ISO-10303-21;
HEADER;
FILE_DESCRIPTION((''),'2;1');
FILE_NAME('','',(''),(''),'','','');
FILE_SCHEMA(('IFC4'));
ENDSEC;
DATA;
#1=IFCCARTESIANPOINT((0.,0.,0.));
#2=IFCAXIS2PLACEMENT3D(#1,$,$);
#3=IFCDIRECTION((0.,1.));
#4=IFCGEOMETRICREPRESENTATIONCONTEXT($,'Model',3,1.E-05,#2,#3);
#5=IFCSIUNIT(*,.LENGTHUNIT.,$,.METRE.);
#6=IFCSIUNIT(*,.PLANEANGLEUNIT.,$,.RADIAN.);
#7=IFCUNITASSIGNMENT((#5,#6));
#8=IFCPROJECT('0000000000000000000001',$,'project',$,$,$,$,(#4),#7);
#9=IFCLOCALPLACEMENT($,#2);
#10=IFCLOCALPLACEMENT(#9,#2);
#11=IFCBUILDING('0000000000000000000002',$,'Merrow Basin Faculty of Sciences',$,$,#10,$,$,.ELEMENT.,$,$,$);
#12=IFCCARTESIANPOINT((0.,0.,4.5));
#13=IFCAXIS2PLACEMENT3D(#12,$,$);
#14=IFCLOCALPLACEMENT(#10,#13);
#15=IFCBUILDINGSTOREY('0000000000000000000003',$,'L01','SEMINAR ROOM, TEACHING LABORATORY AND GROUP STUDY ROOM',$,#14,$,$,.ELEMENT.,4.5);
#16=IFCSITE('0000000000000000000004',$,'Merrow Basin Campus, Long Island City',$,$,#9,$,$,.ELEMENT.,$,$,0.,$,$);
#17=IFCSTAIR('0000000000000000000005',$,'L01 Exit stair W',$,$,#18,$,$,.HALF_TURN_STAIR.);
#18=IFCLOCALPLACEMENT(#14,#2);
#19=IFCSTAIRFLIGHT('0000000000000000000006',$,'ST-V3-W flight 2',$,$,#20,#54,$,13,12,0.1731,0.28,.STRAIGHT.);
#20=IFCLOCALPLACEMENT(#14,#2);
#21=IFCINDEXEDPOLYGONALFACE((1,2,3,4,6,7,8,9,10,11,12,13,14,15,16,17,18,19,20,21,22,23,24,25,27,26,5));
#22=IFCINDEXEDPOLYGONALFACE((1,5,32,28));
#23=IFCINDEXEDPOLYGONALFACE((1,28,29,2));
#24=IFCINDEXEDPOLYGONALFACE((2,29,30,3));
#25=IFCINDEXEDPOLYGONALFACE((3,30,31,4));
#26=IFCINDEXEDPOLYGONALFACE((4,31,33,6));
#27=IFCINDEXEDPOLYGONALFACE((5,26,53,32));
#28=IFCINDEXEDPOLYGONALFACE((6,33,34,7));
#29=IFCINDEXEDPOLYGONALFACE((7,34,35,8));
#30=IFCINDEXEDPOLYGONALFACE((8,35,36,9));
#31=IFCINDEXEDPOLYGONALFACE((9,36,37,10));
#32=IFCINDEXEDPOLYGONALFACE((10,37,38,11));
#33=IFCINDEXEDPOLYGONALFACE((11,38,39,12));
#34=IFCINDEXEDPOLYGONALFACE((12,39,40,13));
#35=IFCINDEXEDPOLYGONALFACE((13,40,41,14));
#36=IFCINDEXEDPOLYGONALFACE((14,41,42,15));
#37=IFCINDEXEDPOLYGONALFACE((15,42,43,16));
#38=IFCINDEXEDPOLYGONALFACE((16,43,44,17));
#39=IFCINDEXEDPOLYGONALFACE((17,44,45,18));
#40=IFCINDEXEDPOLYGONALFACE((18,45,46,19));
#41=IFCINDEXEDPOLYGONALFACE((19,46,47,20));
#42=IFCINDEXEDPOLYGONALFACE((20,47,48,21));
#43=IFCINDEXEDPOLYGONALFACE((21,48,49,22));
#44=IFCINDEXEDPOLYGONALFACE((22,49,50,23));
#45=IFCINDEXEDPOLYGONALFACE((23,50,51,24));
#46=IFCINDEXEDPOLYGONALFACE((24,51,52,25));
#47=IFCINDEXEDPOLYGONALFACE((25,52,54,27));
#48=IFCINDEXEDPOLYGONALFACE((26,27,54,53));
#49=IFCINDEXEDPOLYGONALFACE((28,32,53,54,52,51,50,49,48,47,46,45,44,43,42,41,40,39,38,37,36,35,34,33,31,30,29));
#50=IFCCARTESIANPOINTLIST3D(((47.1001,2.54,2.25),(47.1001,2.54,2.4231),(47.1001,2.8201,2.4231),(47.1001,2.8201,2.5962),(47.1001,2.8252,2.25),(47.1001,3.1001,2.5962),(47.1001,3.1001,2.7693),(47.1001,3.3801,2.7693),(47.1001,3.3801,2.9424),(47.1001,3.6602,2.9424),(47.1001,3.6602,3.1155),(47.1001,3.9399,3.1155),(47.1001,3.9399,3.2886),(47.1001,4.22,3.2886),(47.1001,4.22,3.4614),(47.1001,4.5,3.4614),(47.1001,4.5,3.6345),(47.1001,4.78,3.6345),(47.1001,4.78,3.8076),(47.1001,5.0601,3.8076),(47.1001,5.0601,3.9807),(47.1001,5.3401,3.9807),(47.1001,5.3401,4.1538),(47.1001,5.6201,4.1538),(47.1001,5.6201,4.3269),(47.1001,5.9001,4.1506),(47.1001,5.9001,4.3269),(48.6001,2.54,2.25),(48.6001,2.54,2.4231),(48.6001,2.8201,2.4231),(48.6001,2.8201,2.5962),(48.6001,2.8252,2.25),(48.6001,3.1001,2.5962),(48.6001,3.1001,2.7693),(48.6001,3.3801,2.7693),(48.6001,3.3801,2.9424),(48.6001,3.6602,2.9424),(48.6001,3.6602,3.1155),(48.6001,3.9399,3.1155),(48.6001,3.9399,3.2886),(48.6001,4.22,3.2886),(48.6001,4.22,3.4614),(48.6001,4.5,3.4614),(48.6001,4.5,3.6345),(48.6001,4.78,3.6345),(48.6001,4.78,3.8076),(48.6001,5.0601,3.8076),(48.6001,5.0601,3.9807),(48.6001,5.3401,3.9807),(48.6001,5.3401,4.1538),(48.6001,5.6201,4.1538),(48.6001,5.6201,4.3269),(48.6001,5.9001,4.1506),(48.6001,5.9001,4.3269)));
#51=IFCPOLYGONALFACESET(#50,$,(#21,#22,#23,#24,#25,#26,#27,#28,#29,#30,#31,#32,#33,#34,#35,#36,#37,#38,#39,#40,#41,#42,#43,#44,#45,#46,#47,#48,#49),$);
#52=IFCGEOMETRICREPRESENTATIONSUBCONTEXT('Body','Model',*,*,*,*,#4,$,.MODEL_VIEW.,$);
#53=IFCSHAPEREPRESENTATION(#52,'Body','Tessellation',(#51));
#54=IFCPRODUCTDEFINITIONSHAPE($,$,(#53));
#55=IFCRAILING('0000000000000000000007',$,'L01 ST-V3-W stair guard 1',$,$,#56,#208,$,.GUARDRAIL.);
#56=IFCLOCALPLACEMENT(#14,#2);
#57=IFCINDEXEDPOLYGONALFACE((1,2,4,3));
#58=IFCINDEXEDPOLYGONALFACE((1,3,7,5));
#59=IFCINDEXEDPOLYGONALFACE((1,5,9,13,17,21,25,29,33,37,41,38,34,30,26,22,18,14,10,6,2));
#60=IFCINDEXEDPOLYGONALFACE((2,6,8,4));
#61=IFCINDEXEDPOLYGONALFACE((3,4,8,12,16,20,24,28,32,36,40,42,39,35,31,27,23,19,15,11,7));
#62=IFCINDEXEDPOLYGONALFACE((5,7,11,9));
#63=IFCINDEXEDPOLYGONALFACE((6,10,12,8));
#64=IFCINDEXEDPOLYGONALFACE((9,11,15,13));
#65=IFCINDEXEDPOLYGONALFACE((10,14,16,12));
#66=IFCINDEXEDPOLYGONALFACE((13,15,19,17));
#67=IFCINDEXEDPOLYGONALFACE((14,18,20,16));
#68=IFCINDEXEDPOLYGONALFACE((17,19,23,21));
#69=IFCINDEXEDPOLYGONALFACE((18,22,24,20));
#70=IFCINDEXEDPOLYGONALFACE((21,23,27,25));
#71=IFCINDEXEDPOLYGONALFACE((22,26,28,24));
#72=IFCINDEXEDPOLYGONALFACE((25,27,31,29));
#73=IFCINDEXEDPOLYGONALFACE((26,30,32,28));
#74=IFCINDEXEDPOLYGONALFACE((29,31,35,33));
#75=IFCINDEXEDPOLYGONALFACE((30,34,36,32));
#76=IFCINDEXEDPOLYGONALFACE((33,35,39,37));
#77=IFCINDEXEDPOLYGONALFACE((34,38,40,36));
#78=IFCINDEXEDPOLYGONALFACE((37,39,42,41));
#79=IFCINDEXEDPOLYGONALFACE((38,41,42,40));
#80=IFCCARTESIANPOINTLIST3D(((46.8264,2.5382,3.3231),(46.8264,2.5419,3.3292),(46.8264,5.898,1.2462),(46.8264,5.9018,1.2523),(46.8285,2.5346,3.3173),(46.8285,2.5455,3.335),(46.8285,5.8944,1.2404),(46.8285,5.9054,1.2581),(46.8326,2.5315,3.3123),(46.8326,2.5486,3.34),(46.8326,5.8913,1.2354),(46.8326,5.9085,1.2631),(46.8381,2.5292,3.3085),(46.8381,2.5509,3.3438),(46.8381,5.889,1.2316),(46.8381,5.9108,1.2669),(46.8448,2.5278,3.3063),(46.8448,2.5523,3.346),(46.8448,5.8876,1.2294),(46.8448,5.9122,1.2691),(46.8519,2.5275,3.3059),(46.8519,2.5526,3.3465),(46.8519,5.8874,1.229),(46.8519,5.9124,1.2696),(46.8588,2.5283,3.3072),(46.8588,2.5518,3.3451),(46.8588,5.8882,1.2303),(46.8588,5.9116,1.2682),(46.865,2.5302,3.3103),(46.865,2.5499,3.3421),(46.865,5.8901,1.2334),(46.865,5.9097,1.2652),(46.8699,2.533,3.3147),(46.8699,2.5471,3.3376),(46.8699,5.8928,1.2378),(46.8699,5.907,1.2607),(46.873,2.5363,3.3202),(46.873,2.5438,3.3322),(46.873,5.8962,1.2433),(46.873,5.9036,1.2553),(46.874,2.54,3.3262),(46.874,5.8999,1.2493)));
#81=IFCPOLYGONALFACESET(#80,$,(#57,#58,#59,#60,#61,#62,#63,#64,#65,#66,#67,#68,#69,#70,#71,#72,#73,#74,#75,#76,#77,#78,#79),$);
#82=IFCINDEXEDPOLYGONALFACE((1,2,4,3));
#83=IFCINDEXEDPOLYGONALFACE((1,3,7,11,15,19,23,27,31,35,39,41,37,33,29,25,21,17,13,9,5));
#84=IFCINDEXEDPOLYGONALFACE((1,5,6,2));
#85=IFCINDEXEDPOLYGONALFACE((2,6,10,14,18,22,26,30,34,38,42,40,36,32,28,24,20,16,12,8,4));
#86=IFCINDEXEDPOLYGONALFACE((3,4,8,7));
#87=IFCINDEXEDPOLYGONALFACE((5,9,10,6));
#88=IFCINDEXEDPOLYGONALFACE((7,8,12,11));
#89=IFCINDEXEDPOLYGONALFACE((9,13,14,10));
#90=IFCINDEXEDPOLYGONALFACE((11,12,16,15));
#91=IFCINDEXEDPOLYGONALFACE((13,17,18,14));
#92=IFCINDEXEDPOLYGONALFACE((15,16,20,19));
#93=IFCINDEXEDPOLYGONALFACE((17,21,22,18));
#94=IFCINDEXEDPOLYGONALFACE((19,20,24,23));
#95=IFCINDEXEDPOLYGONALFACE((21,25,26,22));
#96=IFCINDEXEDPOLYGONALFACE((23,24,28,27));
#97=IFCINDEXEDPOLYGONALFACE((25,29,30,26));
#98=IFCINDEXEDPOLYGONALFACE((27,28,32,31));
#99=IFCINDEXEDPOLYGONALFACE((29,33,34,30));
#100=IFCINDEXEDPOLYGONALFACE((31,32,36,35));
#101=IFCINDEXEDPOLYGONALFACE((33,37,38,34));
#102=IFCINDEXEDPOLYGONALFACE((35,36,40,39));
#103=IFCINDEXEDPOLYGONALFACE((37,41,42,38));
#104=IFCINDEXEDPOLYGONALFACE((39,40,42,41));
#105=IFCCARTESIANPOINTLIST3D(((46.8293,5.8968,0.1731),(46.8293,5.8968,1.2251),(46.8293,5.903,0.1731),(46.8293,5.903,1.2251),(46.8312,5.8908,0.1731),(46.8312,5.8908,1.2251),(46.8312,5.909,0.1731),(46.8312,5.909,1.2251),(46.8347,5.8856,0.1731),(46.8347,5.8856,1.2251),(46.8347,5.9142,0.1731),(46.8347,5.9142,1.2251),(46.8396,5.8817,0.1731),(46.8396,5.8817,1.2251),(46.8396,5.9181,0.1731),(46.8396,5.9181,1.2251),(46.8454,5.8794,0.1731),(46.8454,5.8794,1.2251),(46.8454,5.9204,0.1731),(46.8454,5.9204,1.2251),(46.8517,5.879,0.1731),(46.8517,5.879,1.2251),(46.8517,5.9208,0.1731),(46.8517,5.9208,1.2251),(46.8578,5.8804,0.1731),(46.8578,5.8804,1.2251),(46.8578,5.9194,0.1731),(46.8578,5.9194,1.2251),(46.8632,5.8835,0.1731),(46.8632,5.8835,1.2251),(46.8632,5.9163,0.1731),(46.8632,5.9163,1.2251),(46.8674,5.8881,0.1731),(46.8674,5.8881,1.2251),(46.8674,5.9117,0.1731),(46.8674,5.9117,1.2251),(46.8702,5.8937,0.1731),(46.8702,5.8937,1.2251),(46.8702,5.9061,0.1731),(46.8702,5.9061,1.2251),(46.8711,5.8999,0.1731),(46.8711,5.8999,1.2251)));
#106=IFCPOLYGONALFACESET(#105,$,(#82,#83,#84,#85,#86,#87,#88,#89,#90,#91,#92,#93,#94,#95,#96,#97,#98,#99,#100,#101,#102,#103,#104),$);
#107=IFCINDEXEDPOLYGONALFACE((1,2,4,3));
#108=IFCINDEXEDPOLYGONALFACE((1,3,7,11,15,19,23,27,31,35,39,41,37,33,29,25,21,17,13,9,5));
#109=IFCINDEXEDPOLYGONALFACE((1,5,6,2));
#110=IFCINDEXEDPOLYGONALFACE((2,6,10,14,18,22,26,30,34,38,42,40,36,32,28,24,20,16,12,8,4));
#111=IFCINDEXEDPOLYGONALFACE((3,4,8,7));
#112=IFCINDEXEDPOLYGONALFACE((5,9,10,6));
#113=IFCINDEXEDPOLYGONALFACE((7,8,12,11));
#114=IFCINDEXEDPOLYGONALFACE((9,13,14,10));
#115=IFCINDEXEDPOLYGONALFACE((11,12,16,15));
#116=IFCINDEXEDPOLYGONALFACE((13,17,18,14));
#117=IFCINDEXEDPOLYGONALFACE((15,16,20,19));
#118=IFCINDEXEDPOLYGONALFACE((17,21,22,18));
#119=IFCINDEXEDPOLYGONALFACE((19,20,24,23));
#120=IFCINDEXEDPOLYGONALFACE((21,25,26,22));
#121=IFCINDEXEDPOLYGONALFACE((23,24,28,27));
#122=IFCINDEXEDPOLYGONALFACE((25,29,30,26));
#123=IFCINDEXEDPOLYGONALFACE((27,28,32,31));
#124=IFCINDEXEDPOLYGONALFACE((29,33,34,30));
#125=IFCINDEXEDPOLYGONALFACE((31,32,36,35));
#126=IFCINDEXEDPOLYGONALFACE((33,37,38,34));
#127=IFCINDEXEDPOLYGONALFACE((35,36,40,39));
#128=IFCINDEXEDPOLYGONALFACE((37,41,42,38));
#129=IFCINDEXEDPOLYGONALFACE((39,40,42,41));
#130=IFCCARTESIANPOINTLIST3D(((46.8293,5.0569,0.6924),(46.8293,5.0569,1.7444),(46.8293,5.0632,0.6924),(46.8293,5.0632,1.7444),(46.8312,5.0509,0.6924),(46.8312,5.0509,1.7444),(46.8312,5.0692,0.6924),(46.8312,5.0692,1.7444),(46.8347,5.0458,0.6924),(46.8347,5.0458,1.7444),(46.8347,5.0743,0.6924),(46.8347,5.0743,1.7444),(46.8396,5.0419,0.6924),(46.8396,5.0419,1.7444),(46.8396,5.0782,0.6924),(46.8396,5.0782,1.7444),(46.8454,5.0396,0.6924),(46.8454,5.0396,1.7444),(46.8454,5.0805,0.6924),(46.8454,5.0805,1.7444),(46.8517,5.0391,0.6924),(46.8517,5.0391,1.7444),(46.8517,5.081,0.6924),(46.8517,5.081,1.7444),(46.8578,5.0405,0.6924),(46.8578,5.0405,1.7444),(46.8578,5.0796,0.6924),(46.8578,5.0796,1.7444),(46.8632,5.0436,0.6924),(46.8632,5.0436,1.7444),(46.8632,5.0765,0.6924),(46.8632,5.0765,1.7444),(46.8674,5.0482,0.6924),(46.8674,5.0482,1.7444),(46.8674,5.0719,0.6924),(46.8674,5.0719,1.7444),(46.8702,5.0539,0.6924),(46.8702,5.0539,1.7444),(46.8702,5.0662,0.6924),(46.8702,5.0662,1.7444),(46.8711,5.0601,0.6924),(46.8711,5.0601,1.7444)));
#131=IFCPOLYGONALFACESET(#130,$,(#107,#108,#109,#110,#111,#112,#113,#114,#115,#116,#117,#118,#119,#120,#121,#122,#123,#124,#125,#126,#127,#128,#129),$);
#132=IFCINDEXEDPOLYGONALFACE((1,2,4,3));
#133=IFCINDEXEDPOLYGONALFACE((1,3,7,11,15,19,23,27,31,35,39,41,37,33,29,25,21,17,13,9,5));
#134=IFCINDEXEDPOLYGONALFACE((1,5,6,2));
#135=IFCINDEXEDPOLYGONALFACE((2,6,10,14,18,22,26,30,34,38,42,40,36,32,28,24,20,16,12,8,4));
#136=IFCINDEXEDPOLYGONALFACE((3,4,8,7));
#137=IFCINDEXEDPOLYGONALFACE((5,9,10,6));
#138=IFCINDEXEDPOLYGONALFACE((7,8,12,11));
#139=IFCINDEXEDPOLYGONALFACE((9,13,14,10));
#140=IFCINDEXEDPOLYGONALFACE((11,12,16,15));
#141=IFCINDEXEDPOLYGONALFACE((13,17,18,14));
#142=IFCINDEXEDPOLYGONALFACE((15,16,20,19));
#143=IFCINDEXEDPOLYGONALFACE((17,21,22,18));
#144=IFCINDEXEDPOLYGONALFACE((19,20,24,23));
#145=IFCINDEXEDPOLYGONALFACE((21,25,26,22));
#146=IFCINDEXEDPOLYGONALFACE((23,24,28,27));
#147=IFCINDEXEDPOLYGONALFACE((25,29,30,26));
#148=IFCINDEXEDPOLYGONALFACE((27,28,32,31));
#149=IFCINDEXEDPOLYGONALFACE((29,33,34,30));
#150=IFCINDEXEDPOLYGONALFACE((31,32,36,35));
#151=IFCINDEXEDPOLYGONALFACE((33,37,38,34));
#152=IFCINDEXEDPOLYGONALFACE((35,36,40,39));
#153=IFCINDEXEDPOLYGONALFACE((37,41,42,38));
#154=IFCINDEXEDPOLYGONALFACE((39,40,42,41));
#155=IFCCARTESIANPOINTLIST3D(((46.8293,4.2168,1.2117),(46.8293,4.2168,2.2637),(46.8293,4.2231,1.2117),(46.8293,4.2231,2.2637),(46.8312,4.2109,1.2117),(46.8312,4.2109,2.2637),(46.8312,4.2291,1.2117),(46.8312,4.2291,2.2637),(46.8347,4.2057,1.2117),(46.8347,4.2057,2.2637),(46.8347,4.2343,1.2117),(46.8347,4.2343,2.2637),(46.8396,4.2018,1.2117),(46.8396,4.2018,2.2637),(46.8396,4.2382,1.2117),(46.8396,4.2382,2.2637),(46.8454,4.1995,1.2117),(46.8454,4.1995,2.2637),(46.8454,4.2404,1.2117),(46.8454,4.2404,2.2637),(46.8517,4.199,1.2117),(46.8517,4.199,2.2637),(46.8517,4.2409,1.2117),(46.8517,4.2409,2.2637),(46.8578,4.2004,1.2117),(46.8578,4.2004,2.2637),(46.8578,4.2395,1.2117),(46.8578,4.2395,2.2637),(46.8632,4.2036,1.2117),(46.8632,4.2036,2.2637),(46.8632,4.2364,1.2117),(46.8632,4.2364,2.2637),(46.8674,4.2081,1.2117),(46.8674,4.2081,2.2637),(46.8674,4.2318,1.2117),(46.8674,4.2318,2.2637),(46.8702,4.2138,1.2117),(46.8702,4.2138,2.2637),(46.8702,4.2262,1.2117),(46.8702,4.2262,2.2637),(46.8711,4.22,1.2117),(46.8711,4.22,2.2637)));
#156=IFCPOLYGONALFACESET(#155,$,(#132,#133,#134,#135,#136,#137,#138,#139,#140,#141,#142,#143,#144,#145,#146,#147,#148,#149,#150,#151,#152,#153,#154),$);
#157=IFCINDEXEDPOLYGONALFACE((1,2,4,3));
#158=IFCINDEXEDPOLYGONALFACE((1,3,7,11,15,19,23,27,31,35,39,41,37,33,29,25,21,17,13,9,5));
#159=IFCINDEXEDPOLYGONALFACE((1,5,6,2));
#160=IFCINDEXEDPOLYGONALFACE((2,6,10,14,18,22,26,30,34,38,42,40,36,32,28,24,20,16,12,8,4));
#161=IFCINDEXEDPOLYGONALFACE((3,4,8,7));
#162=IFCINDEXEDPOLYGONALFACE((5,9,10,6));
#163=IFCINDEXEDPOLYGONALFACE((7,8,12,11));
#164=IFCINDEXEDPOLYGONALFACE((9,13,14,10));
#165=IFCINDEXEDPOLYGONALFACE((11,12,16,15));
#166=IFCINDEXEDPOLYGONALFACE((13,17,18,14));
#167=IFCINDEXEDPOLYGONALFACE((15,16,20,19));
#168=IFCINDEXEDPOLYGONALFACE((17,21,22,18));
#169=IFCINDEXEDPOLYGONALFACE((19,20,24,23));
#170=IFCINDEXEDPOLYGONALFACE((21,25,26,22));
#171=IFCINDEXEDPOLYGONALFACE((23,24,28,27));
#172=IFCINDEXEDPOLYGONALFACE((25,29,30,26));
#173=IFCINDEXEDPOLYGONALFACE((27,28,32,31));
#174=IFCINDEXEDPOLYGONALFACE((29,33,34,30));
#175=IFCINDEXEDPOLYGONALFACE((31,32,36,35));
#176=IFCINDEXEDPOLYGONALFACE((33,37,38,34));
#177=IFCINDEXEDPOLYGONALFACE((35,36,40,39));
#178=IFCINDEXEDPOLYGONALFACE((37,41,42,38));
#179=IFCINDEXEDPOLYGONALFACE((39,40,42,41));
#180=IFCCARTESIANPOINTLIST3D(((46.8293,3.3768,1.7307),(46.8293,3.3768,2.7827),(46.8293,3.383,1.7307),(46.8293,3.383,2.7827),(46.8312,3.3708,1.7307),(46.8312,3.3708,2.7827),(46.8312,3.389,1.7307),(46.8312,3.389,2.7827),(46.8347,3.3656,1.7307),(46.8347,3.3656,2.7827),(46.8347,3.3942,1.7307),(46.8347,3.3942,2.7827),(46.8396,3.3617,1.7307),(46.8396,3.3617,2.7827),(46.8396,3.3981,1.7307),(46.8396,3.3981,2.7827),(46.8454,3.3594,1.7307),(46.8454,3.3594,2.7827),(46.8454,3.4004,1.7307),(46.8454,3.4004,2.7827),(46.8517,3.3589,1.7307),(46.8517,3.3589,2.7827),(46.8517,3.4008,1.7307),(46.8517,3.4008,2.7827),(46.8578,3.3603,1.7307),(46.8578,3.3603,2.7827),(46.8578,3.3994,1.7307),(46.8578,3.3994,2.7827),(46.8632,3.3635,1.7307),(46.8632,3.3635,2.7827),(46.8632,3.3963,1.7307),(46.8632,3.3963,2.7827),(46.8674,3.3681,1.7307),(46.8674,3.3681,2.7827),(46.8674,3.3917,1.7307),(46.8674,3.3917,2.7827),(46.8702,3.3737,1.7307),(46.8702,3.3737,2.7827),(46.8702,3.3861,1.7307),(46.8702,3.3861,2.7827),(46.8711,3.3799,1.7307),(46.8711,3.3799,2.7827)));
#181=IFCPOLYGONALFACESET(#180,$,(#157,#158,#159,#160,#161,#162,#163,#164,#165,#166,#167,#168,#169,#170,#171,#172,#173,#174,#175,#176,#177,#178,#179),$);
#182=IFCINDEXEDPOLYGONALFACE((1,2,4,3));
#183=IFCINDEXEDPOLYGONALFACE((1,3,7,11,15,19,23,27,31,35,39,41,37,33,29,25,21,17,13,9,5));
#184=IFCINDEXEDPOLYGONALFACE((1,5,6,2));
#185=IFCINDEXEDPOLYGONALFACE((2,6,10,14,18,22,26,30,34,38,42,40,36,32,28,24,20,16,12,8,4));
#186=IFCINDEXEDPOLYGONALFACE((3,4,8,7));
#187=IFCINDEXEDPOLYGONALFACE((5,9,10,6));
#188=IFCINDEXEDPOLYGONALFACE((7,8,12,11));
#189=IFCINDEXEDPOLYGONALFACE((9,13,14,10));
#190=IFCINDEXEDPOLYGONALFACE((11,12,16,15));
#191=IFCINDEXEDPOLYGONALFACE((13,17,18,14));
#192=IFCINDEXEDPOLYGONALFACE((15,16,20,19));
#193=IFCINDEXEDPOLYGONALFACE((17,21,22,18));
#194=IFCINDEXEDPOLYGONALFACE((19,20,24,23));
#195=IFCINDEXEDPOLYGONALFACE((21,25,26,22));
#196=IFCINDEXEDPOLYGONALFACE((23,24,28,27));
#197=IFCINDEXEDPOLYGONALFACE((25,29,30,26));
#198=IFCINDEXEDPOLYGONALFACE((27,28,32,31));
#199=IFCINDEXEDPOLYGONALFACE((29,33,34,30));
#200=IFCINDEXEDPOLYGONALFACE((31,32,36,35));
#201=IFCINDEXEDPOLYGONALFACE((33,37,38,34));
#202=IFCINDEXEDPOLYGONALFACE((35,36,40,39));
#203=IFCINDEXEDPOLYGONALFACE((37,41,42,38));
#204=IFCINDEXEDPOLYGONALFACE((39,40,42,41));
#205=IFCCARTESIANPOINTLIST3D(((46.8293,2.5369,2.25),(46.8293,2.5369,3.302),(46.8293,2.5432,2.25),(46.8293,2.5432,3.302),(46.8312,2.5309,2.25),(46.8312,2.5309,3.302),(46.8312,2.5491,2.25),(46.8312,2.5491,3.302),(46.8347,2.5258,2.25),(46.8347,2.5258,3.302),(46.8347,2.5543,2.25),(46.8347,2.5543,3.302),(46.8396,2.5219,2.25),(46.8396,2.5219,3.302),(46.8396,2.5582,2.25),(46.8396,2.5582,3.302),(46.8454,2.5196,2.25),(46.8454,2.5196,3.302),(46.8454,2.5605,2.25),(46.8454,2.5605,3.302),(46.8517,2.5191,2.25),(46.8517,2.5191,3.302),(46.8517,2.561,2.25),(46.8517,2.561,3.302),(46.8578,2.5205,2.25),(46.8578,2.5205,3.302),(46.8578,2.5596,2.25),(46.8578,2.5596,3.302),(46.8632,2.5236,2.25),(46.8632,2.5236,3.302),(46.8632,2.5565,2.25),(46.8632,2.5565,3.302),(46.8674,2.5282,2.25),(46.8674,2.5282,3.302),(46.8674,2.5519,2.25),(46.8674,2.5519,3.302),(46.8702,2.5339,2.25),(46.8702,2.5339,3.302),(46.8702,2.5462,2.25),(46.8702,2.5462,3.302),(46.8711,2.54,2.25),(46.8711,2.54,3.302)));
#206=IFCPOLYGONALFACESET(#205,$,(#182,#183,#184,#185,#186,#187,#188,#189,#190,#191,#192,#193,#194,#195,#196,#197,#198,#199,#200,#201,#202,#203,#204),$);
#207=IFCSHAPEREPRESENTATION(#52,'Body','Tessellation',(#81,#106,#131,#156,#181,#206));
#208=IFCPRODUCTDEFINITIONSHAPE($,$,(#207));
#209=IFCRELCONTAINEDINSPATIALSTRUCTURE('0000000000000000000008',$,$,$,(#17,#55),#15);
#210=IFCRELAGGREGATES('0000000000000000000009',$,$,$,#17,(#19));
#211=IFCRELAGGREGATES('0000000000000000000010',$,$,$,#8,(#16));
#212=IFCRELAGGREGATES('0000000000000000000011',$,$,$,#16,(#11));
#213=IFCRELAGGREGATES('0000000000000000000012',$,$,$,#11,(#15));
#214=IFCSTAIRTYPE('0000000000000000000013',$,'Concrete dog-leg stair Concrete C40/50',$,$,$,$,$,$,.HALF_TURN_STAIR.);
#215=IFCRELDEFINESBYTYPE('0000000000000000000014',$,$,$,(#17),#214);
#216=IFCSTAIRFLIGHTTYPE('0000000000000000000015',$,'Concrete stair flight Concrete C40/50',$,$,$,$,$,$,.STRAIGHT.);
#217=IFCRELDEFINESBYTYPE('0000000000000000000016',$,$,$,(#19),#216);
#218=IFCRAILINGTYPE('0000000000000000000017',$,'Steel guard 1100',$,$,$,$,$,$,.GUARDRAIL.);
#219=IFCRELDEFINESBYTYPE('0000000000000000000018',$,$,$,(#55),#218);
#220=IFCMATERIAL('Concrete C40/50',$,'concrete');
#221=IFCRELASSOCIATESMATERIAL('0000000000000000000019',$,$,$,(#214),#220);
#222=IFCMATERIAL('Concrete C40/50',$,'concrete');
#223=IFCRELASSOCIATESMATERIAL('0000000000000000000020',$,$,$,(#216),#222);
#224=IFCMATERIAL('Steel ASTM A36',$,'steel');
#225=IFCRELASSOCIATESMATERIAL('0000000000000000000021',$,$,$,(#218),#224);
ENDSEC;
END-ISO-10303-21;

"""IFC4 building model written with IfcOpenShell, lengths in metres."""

from ifc_helpers import new_model, si_unit, direction, frame, origin, origin_2d, place, context, subcontext, project, spatial, polyline, circle, outline, extrude, material, type_object, element, aggregate, save


model = new_model("IFC4")

# Units and contexts
model_context = context("Model", 3, precision=1e-05, world=origin(), true_north=direction((0.0, 1.0)))
body_context = subcontext(model_context, "Body", "Model", "MODEL_VIEW")
ifc_project = project(units=[si_unit("LENGTHUNIT", "METRE"), si_unit("PLANEANGLEUNIT", "RADIAN")], contexts=[model_context])

# Site, building, storey
site_placement = place(None, origin())
site = spatial("IfcSite", under=ifc_project, at=site_placement, Name="Merrow Basin Campus, Long Island City", CompositionType="ELEMENT", RefElevation=0.0)
building_placement = place(site_placement, origin())
building = spatial("IfcBuilding", under=site, at=building_placement, Name="Merrow Basin Faculty of Sciences", CompositionType="ELEMENT")
storey_placement = place(building_placement, frame((0.0, 0.0, 4.5)))
storey = spatial("IfcBuildingStorey", under=building, at=storey_placement, Name="L01", Description="SEMINAR ROOM, TEACHING LABORATORY AND GROUP STUDY ROOM", CompositionType="ELEMENT", Elevation=4.5)

# Stair, stair flight
ifc_material_1 = material(Name="Concrete C40/50", Category="concrete")
stair_type = type_object("IfcStairType", Name="Concrete dog-leg stair Concrete C40/50", PredefinedType="HALF_TURN_STAIR", material=ifc_material_1)
stair_placement = place(storey_placement, origin())
stair = element("IfcStair", 1, at=stair_placement, inside=storey, type_object=stair_type, Name="L01 Exit stair W", PredefinedType="HALF_TURN_STAIR")
ifc_material_2 = material(Name="Concrete C40/50", Category="concrete")
stair_flight_type = type_object("IfcStairFlightType", Name="Concrete stair flight Concrete C40/50", PredefinedType="STRAIGHT", material=ifc_material_2)
stair_flight_placement = place(storey_placement, frame((47.8501, 2.54, 2.25), z_axis=(0.0, 0.0, 1.0), x_axis=(0.0, 1.0, 0.0)))
stair_flight = element("IfcStairFlight", 2, at=stair_flight_placement, type_object=stair_flight_type, Name="ST-V3-W flight 2", NumberOfRisers=13, NumberOfTreads=12, PredefinedType="STRAIGHT", RiserHeight=0.1731, TreadLength=0.28, context=body_context, shape_type="SweptSolid", body=[
    extrude(outline(polyline([(0.0, 0.0), (0.0, 0.1731), (0.28, 0.1731), (0.28, 0.3462), (0.5601, 0.3462), (0.5601, 0.5193), (0.8401, 0.5193), (0.8401, 0.6924), (1.1201, 0.6924), (1.1201, 0.8655), (1.3999, 0.8655), (1.3999, 1.0386), (1.6799, 1.0386), (1.6799, 1.2114), (1.96, 1.2114), (1.96, 1.3845), (2.24, 1.3845), (2.24, 1.5576), (2.52, 1.5576), (2.52, 1.7307), (2.8, 1.7307), (2.8, 1.9038), (3.0801, 1.9038), (3.0801, 2.0769), (3.3601, 2.0769), (3.3601, 2.25), (3.3601, 1.9006), (0.2852, 0.0), (0.0, 0.0)])), frame((0.0, 0.75, 0.0), z_axis=(0.0, -1.0, 0.0), x_axis=(1.0, 0.0, 0.0)), (0.0, 0.0, 1.0), 1.5),
])
aggregate(stair, [stair_flight])

# Railing
ifc_material_3 = material(Name="Steel ASTM A36", Category="steel")
railing_type_1 = type_object("IfcRailingType", Name="Steel guard 1100", PredefinedType="GUARDRAIL", material=ifc_material_3)
railing_1_placement = place(storey_placement, frame((46.8501, 5.8999, 0.1731)))
element("IfcRailing", 3, at=railing_1_placement, inside=storey, type_object=railing_type_1, Name="L01 ST-V3-W stair guard 1", PredefinedType="GUARDRAIL", context=body_context, shape_type="SweptSolid", body=[
    extrude(circle(Radius=0.0239, at=origin_2d()), frame((0.0, 0.0, 1.0762), z_axis=(0.0, -0.850606, 0.525803), x_axis=(1.0, 0.0, 0.0)), (0.0, 0.0, 1.0), 3.95),
    extrude(circle(Radius=0.021, at=origin_2d()), origin(), (0.0, 0.0, 1.0), 1.052),
    extrude(circle(Radius=0.021, at=origin_2d()), frame((0.0, -0.8398, 0.5193)), (0.0, 0.0, 1.0), 1.052),
    extrude(circle(Radius=0.021, at=origin_2d()), frame((0.0, -1.6799, 1.0386)), (0.0, 0.0, 1.0), 1.052),
    extrude(circle(Radius=0.021, at=origin_2d()), frame((0.0, -2.52, 1.5576)), (0.0, 0.0, 1.0), 1.052),
    extrude(circle(Radius=0.021, at=origin_2d()), frame((0.0, -3.3599, 2.0769)), (0.0, 0.0, 1.0), 1.052),
])

save(model, "model.ifc")
